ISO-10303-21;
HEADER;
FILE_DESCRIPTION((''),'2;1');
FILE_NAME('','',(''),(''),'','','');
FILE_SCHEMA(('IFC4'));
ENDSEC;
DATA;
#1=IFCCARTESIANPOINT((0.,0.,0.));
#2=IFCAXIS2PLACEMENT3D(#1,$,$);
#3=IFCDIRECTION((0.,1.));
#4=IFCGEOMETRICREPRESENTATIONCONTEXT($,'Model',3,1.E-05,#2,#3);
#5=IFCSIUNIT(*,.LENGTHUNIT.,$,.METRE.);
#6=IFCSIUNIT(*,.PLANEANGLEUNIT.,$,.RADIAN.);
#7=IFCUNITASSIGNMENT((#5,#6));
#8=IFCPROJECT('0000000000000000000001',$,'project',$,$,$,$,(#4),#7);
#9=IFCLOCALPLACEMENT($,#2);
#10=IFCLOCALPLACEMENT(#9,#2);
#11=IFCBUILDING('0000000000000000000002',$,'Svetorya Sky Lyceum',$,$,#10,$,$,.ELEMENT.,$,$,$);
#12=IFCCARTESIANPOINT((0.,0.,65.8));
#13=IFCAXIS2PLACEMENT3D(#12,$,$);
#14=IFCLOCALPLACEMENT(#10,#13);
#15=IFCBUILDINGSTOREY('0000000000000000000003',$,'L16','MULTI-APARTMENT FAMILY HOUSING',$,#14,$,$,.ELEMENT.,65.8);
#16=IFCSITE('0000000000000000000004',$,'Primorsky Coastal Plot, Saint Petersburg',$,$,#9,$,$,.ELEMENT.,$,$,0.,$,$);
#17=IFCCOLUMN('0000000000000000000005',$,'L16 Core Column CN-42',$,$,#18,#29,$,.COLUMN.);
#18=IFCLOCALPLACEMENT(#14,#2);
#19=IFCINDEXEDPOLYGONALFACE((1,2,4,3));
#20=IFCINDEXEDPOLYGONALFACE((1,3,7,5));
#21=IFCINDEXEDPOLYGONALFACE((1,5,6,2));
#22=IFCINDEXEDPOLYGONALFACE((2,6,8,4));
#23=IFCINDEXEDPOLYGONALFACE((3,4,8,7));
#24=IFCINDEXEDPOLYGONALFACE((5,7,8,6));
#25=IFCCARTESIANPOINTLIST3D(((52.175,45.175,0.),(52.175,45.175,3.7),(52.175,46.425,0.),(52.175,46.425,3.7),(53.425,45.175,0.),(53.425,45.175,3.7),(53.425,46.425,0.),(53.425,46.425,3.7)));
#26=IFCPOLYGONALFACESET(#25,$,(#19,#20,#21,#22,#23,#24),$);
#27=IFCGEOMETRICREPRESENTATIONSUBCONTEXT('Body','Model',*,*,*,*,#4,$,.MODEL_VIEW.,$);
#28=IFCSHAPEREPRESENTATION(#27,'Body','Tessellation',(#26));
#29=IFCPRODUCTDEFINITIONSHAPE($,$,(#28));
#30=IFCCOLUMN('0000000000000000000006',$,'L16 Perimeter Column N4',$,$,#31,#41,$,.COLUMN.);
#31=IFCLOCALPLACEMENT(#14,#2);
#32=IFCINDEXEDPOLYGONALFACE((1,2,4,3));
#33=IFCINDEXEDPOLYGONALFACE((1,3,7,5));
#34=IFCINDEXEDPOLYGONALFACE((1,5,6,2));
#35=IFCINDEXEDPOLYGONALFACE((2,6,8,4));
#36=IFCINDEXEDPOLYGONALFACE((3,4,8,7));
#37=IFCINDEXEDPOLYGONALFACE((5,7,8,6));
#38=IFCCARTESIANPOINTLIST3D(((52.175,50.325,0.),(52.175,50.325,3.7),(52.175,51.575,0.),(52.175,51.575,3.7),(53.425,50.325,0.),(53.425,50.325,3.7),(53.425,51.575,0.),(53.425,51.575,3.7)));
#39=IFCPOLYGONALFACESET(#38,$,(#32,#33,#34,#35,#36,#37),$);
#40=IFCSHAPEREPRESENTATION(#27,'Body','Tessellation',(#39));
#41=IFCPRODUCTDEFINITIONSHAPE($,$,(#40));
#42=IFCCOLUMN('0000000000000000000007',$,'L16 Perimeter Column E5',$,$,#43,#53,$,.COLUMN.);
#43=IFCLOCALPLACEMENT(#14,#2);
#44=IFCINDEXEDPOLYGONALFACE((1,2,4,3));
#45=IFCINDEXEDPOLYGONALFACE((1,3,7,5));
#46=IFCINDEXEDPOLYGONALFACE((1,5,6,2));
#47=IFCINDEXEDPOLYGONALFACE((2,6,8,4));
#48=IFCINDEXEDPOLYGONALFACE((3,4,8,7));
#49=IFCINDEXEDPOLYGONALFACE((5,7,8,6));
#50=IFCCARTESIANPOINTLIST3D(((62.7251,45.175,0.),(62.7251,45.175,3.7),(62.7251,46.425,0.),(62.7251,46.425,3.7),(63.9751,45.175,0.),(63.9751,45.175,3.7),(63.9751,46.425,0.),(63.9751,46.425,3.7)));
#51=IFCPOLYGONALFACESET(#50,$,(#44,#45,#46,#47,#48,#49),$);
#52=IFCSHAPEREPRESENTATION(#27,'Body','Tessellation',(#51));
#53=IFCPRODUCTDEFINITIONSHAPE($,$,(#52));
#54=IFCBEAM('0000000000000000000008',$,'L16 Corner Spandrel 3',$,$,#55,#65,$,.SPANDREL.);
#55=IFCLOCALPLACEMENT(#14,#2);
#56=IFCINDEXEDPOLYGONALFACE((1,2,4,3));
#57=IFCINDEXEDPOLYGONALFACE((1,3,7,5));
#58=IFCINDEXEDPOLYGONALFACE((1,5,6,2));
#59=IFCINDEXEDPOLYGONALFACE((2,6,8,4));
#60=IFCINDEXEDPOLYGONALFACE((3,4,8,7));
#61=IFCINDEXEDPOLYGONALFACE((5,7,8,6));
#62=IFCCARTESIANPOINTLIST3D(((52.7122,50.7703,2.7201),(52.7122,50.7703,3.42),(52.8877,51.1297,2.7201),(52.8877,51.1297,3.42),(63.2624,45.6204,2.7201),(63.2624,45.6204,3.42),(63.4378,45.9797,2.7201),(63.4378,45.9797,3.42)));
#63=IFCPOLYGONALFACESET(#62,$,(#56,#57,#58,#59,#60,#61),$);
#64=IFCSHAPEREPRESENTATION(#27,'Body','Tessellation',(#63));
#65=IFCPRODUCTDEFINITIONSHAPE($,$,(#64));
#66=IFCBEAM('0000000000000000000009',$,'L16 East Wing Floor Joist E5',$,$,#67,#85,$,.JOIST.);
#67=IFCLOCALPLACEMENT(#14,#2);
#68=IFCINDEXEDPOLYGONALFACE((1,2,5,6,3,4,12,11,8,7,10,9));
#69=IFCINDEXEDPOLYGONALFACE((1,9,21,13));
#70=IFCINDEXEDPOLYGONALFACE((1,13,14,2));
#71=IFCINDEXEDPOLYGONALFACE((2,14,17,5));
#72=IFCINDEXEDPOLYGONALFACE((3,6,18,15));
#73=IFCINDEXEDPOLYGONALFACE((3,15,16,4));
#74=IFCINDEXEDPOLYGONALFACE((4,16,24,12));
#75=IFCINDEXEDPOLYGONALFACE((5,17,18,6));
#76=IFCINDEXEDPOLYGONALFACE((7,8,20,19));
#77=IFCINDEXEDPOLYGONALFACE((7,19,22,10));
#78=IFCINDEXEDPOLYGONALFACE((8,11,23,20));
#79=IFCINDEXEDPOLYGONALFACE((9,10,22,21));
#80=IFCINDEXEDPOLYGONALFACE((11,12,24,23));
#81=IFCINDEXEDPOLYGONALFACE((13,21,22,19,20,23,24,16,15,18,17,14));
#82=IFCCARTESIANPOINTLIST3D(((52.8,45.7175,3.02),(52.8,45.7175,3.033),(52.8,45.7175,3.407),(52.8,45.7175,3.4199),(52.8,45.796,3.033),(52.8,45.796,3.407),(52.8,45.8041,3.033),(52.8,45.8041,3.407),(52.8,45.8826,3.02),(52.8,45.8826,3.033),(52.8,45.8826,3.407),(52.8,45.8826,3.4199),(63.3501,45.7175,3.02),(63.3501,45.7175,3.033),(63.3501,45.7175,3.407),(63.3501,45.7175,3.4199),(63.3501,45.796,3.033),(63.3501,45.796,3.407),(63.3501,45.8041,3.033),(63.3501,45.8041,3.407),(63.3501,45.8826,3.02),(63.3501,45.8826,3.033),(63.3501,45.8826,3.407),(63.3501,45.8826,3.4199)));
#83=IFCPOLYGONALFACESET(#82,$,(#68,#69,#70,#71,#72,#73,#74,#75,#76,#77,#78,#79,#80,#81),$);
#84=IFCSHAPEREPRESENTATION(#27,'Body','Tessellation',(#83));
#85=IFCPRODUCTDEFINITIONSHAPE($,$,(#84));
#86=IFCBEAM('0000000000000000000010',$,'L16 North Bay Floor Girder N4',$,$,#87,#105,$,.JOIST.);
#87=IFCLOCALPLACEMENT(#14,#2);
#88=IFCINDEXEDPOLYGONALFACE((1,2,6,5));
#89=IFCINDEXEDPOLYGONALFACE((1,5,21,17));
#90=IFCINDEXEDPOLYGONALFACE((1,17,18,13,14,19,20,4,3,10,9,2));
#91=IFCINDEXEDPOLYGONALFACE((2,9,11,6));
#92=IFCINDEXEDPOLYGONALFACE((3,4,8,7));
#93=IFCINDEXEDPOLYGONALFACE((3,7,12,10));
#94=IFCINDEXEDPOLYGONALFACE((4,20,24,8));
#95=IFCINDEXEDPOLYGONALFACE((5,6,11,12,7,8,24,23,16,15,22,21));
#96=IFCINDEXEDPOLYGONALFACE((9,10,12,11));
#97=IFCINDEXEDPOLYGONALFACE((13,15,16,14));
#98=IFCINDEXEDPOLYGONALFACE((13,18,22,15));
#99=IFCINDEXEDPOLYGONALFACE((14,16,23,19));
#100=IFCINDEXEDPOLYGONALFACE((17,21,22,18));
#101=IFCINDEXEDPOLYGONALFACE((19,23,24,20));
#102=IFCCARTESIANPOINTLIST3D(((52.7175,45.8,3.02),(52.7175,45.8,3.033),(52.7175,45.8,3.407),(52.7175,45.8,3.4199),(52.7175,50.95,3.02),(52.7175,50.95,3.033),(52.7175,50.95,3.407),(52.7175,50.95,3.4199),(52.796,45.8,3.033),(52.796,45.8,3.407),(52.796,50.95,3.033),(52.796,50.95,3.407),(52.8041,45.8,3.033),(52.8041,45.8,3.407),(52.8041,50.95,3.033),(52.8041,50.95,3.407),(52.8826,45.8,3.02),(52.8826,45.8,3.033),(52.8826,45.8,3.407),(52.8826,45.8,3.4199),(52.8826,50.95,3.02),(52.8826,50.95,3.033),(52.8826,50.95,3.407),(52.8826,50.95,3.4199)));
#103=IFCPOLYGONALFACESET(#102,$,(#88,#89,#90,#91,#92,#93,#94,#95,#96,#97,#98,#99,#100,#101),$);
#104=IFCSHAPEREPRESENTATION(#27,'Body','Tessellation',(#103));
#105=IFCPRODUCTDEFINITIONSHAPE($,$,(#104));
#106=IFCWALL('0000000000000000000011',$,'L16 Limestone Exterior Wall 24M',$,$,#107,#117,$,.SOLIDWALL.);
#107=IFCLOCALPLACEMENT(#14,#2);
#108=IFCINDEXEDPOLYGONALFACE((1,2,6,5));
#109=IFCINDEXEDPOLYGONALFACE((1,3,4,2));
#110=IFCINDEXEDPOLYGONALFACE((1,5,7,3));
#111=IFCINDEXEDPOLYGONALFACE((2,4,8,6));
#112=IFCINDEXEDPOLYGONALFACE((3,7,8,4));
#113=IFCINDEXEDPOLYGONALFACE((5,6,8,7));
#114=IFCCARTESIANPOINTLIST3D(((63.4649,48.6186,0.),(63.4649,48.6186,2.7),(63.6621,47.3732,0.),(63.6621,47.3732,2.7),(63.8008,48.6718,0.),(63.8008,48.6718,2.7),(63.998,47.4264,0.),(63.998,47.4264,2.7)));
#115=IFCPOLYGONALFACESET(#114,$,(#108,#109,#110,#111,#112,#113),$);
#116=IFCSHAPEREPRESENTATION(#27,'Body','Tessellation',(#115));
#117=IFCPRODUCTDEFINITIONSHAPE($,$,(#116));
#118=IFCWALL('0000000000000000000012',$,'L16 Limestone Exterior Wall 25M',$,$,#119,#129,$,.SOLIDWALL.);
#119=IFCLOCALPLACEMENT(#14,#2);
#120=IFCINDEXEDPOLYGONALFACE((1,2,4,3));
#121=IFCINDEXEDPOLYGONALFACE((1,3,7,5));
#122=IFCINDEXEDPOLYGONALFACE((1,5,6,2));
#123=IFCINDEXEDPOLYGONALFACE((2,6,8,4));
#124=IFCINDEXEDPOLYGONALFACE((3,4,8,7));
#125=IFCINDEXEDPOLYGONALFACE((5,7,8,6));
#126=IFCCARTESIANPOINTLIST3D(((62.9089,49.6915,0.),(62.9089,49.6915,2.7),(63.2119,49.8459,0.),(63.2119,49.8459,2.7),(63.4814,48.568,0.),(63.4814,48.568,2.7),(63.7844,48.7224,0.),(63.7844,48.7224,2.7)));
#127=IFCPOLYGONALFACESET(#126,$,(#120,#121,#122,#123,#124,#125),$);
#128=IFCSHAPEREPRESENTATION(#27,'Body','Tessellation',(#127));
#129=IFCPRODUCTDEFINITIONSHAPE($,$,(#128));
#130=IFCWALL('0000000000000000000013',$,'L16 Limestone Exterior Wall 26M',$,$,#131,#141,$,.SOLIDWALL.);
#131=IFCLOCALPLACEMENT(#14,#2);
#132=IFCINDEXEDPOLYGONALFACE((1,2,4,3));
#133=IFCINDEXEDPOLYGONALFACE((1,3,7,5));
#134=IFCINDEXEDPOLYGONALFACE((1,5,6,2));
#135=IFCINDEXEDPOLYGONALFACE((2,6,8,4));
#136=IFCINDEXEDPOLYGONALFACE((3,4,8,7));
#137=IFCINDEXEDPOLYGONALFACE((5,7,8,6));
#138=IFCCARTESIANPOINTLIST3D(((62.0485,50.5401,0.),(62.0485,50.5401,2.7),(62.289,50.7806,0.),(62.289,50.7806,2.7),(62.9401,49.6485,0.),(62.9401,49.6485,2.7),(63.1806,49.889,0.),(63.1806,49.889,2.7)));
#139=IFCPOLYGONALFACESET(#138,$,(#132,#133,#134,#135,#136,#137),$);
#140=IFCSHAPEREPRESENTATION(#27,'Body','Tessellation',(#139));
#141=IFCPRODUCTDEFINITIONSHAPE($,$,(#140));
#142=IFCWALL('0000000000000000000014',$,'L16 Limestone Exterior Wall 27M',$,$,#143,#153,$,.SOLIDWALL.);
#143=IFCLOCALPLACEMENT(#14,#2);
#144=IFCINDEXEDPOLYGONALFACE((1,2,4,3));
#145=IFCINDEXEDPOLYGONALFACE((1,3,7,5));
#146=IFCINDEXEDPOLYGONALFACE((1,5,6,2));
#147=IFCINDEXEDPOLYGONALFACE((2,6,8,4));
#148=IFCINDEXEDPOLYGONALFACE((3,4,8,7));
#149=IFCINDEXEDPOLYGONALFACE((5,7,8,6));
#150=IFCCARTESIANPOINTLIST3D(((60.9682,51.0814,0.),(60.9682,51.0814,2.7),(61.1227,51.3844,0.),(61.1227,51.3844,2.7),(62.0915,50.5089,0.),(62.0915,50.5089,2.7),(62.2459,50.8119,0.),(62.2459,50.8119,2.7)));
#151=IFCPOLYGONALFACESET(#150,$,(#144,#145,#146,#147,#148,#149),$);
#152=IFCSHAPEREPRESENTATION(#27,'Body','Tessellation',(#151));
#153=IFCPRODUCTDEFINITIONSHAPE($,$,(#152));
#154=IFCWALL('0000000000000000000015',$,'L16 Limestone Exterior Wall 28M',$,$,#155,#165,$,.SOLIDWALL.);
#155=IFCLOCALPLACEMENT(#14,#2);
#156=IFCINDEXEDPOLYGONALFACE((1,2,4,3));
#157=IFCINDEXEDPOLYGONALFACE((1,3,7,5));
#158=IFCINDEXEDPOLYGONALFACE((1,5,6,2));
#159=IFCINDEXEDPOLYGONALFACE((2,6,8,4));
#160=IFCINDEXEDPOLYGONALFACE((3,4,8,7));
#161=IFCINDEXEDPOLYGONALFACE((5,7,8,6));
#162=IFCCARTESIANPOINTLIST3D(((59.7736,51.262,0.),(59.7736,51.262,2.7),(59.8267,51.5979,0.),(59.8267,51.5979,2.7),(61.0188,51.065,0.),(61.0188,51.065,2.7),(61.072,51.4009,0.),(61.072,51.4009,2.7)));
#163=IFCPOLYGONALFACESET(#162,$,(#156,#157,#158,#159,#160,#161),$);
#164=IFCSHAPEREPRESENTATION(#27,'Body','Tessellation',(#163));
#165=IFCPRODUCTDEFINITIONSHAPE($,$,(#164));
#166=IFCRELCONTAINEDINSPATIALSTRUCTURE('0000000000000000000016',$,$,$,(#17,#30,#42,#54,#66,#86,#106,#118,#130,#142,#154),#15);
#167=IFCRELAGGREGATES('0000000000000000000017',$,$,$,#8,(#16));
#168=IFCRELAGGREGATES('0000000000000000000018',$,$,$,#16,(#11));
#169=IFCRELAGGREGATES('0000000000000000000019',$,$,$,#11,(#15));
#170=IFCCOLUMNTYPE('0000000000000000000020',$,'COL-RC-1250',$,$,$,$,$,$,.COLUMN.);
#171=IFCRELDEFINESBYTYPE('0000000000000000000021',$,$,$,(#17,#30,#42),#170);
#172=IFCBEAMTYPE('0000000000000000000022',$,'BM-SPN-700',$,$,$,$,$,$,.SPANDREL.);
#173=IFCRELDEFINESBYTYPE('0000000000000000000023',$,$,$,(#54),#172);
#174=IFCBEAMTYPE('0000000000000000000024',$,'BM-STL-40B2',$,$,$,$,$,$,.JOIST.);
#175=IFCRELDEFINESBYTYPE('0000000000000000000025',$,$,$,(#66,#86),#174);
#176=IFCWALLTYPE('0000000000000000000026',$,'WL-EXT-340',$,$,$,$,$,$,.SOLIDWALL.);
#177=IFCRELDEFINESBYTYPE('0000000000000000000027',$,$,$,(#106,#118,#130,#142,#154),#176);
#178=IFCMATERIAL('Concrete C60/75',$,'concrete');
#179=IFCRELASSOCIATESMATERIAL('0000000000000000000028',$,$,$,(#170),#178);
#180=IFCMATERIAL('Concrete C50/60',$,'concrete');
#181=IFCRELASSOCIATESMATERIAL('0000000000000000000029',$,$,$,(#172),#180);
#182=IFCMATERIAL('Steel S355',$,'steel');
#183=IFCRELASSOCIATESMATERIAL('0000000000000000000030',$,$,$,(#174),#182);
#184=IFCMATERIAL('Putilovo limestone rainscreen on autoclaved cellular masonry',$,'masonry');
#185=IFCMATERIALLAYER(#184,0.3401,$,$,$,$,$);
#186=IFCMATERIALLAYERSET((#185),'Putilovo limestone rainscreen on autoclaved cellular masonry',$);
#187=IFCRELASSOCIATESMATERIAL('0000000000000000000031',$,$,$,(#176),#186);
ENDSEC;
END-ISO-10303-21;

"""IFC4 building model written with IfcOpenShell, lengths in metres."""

from ifc_helpers import new_model, si_unit, direction, frame, frame_2d, origin, origin_2d, place, context, subcontext, project, spatial, rectangle, i_section, extrude, material, layer, layer_set, material_profile, profile_set, type_object, element, save


model = new_model("IFC4")

# Units and contexts
model_context = context("Model", 3, precision=1e-05, world=origin(), true_north=direction((0.0, 1.0)))
body_context = subcontext(model_context, "Body", "Model", "MODEL_VIEW")
ifc_project = project(units=[si_unit("LENGTHUNIT", "METRE"), si_unit("PLANEANGLEUNIT", "RADIAN")], contexts=[model_context])

# Site, building, storey
site_placement = place(None, origin())
site = spatial("IfcSite", under=ifc_project, at=site_placement, Name="Primorsky Coastal Plot, Saint Petersburg", CompositionType="ELEMENT", RefElevation=0.0)
building_placement = place(site_placement, origin())
building = spatial("IfcBuilding", under=site, at=building_placement, Name="Svetorya Sky Lyceum", CompositionType="ELEMENT")
storey_placement = place(building_placement, frame((0.0, 0.0, 65.8)))
storey = spatial("IfcBuildingStorey", under=building, at=storey_placement, Name="L16", Description="MULTI-APARTMENT FAMILY HOUSING", CompositionType="ELEMENT", Elevation=65.8)

# Columns
ifc_material_1 = material(Name="Concrete C60/75", Category="concrete")
ifc_material_profile_1 = material_profile(ifc_material_1, rectangle(XDim=1.25, YDim=1.25, at=origin_2d()), Name="RC COL 1250x1250")
ifc_profile_set_1 = profile_set([ifc_material_profile_1], Name="Concrete C60/75")
column_type = type_object("IfcColumnType", Name="COL-RC-1250", PredefinedType="COLUMN", material=ifc_profile_set_1)
for number, where, z_axis, x_axis, name in (
    (1, (52.8, 45.8, 0.0), (0.0, 0.0, 1.0), (1.0, 0.0, 0.0), "L16 Core Column CN-42"),
    (2, (52.8, 50.95, 0.0), (0.0, 0.0, 1.0), (1.0, 0.0, 0.0), "L16 Perimeter Column N4"),
    (3, (63.3501, 45.8, 0.0), (0.0, 0.0, 1.0), (1.0, 0.0, 0.0), "L16 Perimeter Column E5"),
):
    element("IfcColumn", number, at=place(storey_placement, frame(where, z_axis=z_axis, x_axis=x_axis)), inside=storey, type_object=column_type, Name=name, PredefinedType="COLUMN", context=body_context, shape_type="SweptSolid", body=[
        extrude(rectangle(XDim=1.25, YDim=1.25, at=origin_2d()), origin(), (0.0, 0.0, 1.0), 3.7),
    ])

# Beams
ifc_material_2 = material(Name="Concrete C50/60", Category="concrete")
ifc_material_profile_2 = material_profile(ifc_material_2, rectangle(XDim=0.3999, YDim=0.7, at=origin_2d()), Name="RC SPANDREL 400x700")
ifc_profile_set_2 = profile_set([ifc_material_profile_2], Name="Concrete C50/60")
beam_type_1 = type_object("IfcBeamType", Name="BM-SPN-700", PredefinedType="SPANDREL", material=ifc_profile_set_2)
beam_1_placement = place(storey_placement, frame((63.3501, 45.8, 3.0701), z_axis=(-0.89865, 0.438667, 0.0), x_axis=(-0.438667, -0.89865, 0.0)))
element("IfcBeam", 4, at=beam_1_placement, inside=storey, type_object=beam_type_1, Name="L16 Corner Spandrel 3", PredefinedType="SPANDREL", context=body_context, shape_type="SweptSolid", body=[
    extrude(rectangle(XDim=0.3999, YDim=0.7, at=origin_2d()), origin(), (0.0, 0.0, 1.0), 11.74),
])
ifc_material_3 = material(Name="Steel S355", Category="steel")
ifc_material_profile_3 = material_profile(ifc_material_3, i_section(OverallWidth=0.165, OverallDepth=0.3999, WebThickness=0.0081, FlangeThickness=0.0129, at=origin_2d()), Name="GOST 40B2")
ifc_profile_set_3 = profile_set([ifc_material_profile_3], Name="Steel S355")
beam_type_2 = type_object("IfcBeamType", Name="BM-STL-40B2", PredefinedType="JOIST", material=ifc_profile_set_3)
beam_2_placement = place(storey_placement, frame((52.8, 45.8, 3.22), z_axis=(1.0, 0.0, 0.0), x_axis=(0.0, 1.0, 0.0)))
element("IfcBeam", 5, at=beam_2_placement, inside=storey, type_object=beam_type_2, Name="L16 East Wing Floor Joist E5", PredefinedType="JOIST", context=body_context, shape_type="SweptSolid", body=[
    extrude(i_section(OverallWidth=0.165, OverallDepth=0.3999, WebThickness=0.0081, FlangeThickness=0.0129, at=origin_2d()), origin(), (0.0, 0.0, 1.0), 10.55),
])
beam_3_placement = place(storey_placement, frame((52.8, 45.8, 3.22), z_axis=(0.0, 1.0, 0.0), x_axis=(-1.0, 0.0, 0.0)))
element("IfcBeam", 6, at=beam_3_placement, inside=storey, type_object=beam_type_2, Name="L16 North Bay Floor Girder N4", PredefinedType="JOIST", context=body_context, shape_type="SweptSolid", body=[
    extrude(i_section(OverallWidth=0.165, OverallDepth=0.3999, WebThickness=0.0081, FlangeThickness=0.0129, at=origin_2d()), origin(), (0.0, 0.0, 1.0), 5.1499),
])

# Walls
ifc_material_4 = material(Name="Putilovo limestone rainscreen on autoclaved cellular masonry", Category="masonry")
ifc_layer_1 = layer(ifc_material_4, 0.3401)
ifc_layer_set_1 = layer_set([ifc_layer_1], Name="Putilovo limestone rainscreen on autoclaved cellular masonry")
wall_type_1 = type_object("IfcWallType", Name="WL-EXT-340", PredefinedType="SOLIDWALL", material=ifc_layer_set_1)
for number, where, z_axis, x_axis, name in (
    (7, (63.8301, 47.3999, 0.0), (0.0, 0.0, 1.0), (-0.15645, 0.987686, 0.0), "L16 Limestone Exterior Wall 24M"),
    (8, (63.6328, 48.6453, 0.0), (0.0, 0.0, 1.0), (-0.454016, 0.890994, 0.0), "L16 Limestone Exterior Wall 25M"),
    (9, (63.0603, 49.7688, 0.0), (0.0, 0.0, 1.0), (-0.707107, 0.707107, 0.0), "L16 Limestone Exterior Wall 26M"),
):
    element("IfcWall", number, at=place(storey_placement, frame(where, z_axis=z_axis, x_axis=x_axis)), inside=storey, type_object=wall_type_1, Name=name, PredefinedType="SOLIDWALL", context=body_context, shape_type="SweptSolid", body=[
        extrude(rectangle(XDim=1.261, YDim=0.3401, at=frame_2d((0.6304, 0.0))), origin(), (0.0, 0.0, 1.0), 2.7),
    ])
for number, where, z_axis, x_axis, name in (
    (10, (62.1687, 50.6604, 0.0), (0.0, 0.0, 1.0), (-0.890954, 0.454094, 0.0), "L16 Limestone Exterior Wall 27M"),
    (11, (61.0454, 51.2329, 0.0), (0.0, 0.0, 1.0), (-0.987716, 0.156261, 0.0), "L16 Limestone Exterior Wall 28M"),
):
    element("IfcWall", number, at=place(storey_placement, frame(where, z_axis=z_axis, x_axis=x_axis)), inside=storey, type_object=wall_type_1, Name=name, PredefinedType="SOLIDWALL", context=body_context, shape_type="SweptSolid", body=[
        extrude(rectangle(XDim=1.2607, YDim=0.3401, at=frame_2d((0.6304, 0.0))), origin(), (0.0, 0.0, 1.0), 2.7),
    ])

save(model, "model.ifc")
